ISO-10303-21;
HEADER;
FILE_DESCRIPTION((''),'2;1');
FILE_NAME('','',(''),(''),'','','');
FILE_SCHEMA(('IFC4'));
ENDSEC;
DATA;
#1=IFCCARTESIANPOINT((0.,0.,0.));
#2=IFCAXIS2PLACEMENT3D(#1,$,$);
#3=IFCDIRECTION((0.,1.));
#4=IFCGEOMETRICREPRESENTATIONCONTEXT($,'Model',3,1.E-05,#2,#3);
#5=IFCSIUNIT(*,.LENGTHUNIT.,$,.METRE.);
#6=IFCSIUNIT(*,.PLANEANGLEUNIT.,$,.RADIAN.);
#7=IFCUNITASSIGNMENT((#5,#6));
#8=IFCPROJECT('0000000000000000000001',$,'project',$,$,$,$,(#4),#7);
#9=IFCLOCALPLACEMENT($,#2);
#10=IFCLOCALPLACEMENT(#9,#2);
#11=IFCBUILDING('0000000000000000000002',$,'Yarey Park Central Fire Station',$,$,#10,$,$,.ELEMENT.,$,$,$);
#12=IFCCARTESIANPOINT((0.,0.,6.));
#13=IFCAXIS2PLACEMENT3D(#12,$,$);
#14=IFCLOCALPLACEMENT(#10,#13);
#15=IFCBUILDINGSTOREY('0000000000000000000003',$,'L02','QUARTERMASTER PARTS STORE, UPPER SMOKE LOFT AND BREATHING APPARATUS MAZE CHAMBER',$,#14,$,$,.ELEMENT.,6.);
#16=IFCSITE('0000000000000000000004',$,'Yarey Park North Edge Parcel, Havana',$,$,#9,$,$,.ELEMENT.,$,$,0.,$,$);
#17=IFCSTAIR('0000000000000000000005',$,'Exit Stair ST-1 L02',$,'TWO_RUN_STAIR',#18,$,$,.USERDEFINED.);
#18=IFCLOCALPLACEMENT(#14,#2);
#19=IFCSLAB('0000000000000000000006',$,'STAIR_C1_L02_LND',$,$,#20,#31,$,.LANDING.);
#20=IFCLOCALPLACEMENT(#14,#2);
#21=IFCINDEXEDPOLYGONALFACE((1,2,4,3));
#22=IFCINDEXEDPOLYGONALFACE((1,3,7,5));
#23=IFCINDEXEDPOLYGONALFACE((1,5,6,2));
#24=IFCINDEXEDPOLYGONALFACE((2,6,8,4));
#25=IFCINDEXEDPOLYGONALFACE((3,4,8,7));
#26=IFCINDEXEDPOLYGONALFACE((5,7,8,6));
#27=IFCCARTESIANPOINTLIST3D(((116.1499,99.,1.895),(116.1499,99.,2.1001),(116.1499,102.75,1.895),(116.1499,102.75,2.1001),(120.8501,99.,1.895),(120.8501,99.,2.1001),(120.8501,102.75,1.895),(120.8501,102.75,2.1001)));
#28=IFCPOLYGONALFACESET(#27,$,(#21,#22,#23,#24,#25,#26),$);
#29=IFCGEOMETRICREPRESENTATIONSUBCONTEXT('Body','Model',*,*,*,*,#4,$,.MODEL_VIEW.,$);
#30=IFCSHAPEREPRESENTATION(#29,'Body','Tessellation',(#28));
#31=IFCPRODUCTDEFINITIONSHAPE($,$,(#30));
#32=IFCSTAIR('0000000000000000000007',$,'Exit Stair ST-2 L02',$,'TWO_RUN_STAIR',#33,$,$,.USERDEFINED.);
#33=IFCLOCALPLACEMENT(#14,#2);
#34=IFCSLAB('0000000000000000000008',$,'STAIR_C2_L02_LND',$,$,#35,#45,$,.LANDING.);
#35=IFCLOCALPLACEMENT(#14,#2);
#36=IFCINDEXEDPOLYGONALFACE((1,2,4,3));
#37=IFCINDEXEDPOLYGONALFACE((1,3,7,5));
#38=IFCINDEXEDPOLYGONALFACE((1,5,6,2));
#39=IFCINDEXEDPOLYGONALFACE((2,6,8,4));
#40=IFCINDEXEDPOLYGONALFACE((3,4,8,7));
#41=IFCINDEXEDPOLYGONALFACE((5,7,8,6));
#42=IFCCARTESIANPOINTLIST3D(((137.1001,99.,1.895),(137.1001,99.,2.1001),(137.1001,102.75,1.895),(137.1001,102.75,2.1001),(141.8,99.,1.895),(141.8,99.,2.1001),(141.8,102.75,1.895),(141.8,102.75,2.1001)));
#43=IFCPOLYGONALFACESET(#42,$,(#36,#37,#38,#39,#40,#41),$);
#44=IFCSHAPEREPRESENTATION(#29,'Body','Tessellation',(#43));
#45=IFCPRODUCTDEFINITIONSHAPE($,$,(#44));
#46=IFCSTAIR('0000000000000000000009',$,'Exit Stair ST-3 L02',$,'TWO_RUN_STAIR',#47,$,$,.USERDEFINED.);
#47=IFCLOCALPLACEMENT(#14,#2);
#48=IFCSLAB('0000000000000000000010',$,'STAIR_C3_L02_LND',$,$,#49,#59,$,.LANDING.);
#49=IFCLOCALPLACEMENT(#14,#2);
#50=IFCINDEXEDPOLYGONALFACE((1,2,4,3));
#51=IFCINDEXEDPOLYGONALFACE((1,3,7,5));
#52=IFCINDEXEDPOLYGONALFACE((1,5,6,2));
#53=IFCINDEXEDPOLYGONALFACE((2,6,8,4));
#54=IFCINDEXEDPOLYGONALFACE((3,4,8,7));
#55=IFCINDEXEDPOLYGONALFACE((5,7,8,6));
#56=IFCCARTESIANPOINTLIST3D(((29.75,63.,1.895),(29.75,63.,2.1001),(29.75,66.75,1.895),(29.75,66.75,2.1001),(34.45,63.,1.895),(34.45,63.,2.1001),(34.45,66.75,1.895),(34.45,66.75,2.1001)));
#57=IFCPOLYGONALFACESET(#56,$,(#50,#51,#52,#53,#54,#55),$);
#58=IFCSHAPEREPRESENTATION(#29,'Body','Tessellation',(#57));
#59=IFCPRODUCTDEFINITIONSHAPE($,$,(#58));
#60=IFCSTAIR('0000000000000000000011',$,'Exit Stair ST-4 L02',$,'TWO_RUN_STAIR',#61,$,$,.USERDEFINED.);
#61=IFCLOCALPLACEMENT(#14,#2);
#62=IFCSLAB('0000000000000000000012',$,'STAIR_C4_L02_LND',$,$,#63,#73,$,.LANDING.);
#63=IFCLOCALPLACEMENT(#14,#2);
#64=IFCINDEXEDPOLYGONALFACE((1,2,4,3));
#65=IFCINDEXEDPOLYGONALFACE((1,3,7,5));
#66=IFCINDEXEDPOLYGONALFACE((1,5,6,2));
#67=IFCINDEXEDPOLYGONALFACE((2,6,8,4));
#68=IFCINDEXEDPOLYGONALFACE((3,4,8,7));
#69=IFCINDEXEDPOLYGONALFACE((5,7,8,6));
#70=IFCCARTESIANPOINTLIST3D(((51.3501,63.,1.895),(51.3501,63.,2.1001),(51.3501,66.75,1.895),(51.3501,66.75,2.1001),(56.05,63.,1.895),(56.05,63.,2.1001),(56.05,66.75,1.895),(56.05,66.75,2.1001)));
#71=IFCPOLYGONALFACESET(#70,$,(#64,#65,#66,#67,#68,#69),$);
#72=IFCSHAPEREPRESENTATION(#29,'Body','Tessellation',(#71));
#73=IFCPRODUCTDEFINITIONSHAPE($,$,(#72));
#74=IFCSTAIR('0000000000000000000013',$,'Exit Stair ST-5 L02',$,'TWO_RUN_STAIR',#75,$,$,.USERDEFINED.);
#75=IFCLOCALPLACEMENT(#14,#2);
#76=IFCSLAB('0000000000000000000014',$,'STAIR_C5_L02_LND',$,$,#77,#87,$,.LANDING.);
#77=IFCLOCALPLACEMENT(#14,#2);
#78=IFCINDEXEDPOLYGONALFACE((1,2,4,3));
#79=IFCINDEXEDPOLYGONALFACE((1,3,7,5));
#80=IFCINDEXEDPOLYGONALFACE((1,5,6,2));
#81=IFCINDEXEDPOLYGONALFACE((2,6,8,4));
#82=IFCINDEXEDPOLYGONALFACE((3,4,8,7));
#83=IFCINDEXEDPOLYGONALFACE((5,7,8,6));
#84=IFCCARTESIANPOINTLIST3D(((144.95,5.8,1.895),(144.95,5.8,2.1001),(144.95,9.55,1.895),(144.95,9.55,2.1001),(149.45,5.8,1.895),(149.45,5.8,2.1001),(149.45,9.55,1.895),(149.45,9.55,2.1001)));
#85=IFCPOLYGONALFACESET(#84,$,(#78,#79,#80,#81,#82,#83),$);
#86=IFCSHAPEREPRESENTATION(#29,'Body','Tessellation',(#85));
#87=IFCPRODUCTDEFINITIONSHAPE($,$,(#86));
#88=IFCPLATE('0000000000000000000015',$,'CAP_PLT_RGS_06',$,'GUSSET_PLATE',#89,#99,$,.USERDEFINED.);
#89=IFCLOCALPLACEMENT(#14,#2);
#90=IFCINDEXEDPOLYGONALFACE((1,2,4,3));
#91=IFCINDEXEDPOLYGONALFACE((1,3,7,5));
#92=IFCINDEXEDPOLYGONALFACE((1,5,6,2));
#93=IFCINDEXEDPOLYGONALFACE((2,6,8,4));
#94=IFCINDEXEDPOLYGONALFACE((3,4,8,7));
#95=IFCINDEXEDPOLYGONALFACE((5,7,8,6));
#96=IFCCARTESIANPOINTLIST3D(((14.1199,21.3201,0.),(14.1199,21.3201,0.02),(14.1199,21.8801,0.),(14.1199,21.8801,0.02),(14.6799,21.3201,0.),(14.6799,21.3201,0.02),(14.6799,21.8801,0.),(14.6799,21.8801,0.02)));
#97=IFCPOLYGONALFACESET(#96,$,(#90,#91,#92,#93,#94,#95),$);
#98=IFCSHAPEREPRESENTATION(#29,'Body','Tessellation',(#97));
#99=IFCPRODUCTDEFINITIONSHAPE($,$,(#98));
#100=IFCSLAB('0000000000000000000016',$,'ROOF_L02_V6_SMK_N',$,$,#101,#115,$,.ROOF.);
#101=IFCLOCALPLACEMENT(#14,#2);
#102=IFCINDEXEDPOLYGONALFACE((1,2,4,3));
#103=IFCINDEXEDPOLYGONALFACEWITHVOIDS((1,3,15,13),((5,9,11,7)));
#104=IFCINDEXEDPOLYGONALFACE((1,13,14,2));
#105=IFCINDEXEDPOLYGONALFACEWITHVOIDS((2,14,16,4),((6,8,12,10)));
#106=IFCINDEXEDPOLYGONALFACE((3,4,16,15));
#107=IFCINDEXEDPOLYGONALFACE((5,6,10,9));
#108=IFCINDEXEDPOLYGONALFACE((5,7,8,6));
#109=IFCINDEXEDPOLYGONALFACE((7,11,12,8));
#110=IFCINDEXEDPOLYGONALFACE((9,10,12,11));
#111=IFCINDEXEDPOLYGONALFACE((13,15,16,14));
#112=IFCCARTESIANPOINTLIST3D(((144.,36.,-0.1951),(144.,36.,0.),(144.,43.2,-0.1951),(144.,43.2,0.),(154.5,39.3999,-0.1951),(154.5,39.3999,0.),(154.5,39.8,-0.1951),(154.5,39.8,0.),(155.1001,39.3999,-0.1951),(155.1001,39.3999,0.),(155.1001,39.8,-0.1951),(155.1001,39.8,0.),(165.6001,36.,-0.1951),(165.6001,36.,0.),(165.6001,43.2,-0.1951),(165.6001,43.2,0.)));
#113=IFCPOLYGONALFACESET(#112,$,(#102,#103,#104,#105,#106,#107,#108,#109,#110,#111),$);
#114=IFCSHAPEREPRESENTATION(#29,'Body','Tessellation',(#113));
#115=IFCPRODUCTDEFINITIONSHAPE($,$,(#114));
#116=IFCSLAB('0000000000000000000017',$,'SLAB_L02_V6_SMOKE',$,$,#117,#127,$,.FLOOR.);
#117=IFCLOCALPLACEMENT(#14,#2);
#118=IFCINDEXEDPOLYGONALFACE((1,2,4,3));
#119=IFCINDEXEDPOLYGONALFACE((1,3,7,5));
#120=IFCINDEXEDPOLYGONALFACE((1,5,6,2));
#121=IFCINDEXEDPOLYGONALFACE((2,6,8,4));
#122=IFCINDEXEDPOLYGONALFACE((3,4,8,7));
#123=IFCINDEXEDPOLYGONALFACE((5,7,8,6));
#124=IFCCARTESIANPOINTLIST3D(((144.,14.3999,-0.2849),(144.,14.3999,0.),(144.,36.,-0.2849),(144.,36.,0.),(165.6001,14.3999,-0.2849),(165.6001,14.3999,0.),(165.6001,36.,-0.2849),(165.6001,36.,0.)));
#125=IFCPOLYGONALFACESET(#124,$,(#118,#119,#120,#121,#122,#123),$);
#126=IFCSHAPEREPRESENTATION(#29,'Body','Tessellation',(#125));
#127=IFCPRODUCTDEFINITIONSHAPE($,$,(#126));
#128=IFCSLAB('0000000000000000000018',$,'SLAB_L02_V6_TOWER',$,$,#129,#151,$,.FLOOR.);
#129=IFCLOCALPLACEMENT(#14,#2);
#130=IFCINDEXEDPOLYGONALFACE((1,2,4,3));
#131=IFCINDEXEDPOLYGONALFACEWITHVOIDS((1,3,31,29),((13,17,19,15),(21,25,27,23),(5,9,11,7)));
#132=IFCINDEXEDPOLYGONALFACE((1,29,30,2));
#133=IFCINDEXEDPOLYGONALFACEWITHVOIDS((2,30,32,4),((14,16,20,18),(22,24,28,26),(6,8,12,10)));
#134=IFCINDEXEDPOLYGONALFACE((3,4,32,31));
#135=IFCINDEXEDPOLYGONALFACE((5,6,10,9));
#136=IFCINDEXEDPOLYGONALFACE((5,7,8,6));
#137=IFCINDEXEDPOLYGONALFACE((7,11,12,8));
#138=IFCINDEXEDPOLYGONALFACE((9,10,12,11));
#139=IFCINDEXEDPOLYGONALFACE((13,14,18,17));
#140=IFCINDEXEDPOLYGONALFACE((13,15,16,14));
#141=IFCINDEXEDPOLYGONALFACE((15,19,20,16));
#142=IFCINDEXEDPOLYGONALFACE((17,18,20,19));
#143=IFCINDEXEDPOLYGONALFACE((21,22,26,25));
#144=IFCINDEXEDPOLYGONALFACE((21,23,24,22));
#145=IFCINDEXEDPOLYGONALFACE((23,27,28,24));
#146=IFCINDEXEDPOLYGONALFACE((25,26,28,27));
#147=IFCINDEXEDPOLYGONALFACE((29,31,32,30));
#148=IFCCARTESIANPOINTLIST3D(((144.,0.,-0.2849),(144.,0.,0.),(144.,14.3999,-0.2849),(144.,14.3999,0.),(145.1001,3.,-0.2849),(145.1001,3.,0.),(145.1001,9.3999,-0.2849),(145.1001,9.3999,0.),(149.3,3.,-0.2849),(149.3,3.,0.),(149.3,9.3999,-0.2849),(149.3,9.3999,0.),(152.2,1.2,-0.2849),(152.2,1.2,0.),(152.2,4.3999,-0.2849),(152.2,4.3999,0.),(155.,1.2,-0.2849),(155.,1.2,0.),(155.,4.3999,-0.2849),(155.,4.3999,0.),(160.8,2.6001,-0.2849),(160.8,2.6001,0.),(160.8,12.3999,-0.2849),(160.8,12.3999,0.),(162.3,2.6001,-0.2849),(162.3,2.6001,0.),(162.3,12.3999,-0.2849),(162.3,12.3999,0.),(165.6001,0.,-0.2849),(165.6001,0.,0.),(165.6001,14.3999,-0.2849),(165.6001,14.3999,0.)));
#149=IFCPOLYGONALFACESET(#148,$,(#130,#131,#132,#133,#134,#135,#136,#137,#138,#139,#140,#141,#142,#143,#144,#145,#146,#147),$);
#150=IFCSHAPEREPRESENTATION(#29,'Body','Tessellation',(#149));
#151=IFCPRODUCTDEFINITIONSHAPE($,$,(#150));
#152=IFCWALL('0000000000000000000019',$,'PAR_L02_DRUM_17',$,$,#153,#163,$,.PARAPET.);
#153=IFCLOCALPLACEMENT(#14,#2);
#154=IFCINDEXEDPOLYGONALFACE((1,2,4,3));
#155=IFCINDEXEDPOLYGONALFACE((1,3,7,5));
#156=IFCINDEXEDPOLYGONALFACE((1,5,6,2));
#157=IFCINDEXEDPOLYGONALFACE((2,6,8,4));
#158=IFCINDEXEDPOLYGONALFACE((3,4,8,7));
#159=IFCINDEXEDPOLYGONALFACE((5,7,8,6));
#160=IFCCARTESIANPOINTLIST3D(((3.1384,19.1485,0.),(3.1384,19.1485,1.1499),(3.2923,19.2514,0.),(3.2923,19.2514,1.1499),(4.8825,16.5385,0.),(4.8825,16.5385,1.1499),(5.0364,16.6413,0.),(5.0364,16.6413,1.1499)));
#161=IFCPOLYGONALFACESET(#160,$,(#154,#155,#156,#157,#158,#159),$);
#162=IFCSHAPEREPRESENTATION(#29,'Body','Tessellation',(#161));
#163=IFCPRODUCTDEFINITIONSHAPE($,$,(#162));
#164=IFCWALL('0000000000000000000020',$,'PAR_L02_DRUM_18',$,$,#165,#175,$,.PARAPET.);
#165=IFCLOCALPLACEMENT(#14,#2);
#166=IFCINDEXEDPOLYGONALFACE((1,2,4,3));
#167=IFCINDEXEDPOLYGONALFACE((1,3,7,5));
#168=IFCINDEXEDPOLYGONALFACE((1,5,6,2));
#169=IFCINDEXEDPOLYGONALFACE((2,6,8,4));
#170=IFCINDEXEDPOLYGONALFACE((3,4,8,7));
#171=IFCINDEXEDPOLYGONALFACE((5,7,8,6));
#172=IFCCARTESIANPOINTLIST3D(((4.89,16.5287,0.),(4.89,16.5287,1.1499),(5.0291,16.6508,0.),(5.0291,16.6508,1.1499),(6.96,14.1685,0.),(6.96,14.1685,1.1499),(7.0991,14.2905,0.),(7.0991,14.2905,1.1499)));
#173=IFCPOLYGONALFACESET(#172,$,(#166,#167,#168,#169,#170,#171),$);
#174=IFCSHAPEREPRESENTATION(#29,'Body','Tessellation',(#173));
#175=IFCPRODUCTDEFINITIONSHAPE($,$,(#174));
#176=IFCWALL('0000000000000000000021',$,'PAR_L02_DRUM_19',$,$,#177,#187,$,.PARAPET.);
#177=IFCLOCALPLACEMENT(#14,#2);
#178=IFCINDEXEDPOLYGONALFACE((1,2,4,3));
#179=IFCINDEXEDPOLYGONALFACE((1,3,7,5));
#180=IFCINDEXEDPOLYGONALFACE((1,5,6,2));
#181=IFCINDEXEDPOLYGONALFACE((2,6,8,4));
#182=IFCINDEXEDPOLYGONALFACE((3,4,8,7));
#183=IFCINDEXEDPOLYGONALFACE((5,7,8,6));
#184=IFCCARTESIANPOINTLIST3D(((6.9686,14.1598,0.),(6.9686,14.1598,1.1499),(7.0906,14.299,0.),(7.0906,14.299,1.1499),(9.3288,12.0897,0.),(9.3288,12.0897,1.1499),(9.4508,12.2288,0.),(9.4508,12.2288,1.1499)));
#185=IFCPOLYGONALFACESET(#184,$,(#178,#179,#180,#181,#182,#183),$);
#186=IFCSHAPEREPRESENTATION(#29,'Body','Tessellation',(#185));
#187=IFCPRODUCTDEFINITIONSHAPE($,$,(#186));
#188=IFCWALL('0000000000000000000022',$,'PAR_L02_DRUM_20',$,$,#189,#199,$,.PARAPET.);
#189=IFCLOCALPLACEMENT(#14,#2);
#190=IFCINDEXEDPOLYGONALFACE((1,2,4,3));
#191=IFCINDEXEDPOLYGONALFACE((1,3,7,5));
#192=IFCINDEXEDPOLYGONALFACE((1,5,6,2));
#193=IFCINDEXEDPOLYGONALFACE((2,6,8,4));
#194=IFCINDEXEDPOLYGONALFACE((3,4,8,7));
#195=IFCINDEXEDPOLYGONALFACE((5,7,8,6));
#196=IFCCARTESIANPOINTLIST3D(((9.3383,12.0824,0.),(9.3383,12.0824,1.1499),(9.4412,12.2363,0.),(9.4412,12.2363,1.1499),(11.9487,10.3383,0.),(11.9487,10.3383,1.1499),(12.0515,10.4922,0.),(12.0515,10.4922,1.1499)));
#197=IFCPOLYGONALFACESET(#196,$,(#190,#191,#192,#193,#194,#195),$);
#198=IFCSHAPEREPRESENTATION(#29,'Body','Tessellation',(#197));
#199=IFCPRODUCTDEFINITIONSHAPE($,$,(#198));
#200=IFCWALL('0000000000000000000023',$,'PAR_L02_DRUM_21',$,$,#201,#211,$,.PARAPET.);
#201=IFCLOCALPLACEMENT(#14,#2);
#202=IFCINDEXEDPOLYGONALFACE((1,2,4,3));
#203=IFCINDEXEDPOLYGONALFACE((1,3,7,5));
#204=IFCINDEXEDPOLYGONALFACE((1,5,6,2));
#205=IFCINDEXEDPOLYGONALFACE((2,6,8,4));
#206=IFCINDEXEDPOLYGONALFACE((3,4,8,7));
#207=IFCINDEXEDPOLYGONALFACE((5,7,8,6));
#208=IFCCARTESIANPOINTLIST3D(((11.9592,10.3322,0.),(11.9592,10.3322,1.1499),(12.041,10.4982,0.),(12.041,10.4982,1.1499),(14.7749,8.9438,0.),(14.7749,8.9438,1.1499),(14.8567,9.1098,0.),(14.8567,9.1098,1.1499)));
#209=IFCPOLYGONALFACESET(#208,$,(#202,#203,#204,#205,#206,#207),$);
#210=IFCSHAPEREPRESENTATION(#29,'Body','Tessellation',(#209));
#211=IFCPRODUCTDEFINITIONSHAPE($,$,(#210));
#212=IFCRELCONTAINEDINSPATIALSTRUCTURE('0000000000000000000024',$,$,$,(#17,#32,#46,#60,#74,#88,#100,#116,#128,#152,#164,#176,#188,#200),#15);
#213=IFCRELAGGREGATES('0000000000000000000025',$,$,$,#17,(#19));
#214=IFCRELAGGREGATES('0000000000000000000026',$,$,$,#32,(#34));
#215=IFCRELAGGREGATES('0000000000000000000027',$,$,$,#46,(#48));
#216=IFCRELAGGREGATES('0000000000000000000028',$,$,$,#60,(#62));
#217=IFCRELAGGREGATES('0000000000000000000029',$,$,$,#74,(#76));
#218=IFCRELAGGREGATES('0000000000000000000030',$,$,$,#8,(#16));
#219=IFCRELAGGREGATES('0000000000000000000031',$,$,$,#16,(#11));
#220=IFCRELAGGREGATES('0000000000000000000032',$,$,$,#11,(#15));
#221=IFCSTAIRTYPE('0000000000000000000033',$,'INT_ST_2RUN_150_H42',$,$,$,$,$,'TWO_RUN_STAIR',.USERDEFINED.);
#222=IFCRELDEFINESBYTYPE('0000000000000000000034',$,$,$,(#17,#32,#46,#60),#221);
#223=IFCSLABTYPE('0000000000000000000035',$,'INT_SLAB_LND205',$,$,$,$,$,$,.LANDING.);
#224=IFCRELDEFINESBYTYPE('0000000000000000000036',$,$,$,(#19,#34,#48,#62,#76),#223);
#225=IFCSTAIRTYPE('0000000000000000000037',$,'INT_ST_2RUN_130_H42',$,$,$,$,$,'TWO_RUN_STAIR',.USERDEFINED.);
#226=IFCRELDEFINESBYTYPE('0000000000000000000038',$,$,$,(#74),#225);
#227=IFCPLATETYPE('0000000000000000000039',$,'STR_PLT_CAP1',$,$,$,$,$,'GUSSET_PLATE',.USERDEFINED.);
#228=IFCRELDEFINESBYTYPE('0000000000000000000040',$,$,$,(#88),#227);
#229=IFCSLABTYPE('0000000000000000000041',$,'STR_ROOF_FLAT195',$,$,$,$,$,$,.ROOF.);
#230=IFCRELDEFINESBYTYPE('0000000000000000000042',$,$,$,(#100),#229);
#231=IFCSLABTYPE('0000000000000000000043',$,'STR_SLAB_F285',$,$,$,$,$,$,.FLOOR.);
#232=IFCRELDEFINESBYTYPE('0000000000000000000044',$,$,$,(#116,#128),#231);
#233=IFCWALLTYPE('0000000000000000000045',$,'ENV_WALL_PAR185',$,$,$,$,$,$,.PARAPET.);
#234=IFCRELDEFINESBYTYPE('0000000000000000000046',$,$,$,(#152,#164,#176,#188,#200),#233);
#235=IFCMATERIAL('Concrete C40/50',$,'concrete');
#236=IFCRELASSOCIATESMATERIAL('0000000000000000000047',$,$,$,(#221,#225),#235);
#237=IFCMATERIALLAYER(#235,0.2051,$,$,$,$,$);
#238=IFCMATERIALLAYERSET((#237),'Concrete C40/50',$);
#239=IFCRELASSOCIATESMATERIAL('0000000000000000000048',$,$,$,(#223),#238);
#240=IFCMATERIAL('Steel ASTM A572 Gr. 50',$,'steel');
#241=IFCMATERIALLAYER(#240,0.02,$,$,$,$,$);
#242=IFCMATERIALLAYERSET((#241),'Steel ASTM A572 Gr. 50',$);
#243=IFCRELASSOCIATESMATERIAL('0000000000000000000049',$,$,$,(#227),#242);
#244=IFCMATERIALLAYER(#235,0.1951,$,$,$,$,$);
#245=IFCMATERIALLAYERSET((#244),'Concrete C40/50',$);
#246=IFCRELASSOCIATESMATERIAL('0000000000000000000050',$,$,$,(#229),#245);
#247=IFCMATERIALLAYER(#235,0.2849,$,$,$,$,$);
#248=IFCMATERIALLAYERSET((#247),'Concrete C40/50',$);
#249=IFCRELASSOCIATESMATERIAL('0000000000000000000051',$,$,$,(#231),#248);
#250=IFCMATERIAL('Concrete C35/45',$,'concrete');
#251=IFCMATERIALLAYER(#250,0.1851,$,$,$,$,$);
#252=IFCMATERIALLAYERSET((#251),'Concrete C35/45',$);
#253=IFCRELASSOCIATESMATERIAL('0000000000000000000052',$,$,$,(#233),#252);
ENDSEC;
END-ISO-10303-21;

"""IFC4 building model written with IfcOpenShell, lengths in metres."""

from ifc_helpers import new_model, si_unit, direction, frame, frame_2d, origin, origin_2d, place, context, subcontext, project, spatial, polyline, rectangle, outline, extrude, material, layer, layer_set, type_object, element, aggregate, save


model = new_model("IFC4")

# Units and contexts
model_context = context("Model", 3, precision=1e-05, world=origin(), true_north=direction((0.0, 1.0)))
body_context = subcontext(model_context, "Body", "Model", "MODEL_VIEW")
ifc_project = project(units=[si_unit("LENGTHUNIT", "METRE"), si_unit("PLANEANGLEUNIT", "RADIAN")], contexts=[model_context])

# Site, building, storey
site_placement = place(None, origin())
site = spatial("IfcSite", under=ifc_project, at=site_placement, Name="Yarey Park North Edge Parcel, Havana", CompositionType="ELEMENT", RefElevation=0.0)
building_placement = place(site_placement, origin())
building = spatial("IfcBuilding", under=site, at=building_placement, Name="Yarey Park Central Fire Station", CompositionType="ELEMENT")
storey_placement = place(building_placement, frame((0.0, 0.0, 6.0)))
storey = spatial("IfcBuildingStorey", under=building, at=storey_placement, Name="L02", Description="QUARTERMASTER PARTS STORE, UPPER SMOKE LOFT AND BREATHING APPARATUS MAZE CHAMBER", CompositionType="ELEMENT", Elevation=6.0)

# Shared definitions
ifc_material_1 = material(Name="Concrete C40/50", Category="concrete")

# Stairs, slabs
stair_type_1 = type_object("IfcStairType", Name="INT_ST_2RUN_150_H42", ElementType="TWO_RUN_STAIR", PredefinedType="USERDEFINED", material=ifc_material_1)
stair_1_placement = place(storey_placement, origin())
stair_1 = element("IfcStair", 1, at=stair_1_placement, inside=storey, type_object=stair_type_1, Name="Exit Stair ST-1 L02", ObjectType="TWO_RUN_STAIR", PredefinedType="USERDEFINED")
ifc_layer_1 = layer(ifc_material_1, 0.2051)
ifc_layer_set_1 = layer_set([ifc_layer_1], Name="Concrete C40/50")
slab_type_1 = type_object("IfcSlabType", Name="INT_SLAB_LND205", PredefinedType="LANDING", material=ifc_layer_set_1)
slab_1_placement = place(storey_placement, frame((0.0, 0.0, 1.895)))
slab_1 = element("IfcSlab", 2, at=slab_1_placement, type_object=slab_type_1, Name="STAIR_C1_L02_LND", PredefinedType="LANDING", context=body_context, shape_type="SweptSolid", body=[
    extrude(outline(polyline([(116.1499, 99.0), (120.8501, 99.0), (120.8501, 102.75), (116.1499, 102.75), (116.1499, 99.0)])), origin(), (0.0, 0.0, 1.0), 0.2051),
])
aggregate(stair_1, [slab_1])
stair_2_placement = place(storey_placement, origin())
stair_2 = element("IfcStair", 3, at=stair_2_placement, inside=storey, type_object=stair_type_1, Name="Exit Stair ST-2 L02", ObjectType="TWO_RUN_STAIR", PredefinedType="USERDEFINED")
slab_2_placement = place(storey_placement, frame((0.0, 0.0, 1.895)))
slab_2 = element("IfcSlab", 4, at=slab_2_placement, type_object=slab_type_1, Name="STAIR_C2_L02_LND", PredefinedType="LANDING", context=body_context, shape_type="SweptSolid", body=[
    extrude(outline(polyline([(137.1001, 99.0), (141.8, 99.0), (141.8, 102.75), (137.1001, 102.75), (137.1001, 99.0)])), origin(), (0.0, 0.0, 1.0), 0.2051),
])
aggregate(stair_2, [slab_2])
stair_3_placement = place(storey_placement, origin())
stair_3 = element("IfcStair", 5, at=stair_3_placement, inside=storey, type_object=stair_type_1, Name="Exit Stair ST-3 L02", ObjectType="TWO_RUN_STAIR", PredefinedType="USERDEFINED")
slab_3_placement = place(storey_placement, frame((0.0, 0.0, 1.895)))
slab_3 = element("IfcSlab", 6, at=slab_3_placement, type_object=slab_type_1, Name="STAIR_C3_L02_LND", PredefinedType="LANDING", context=body_context, shape_type="SweptSolid", body=[
    extrude(outline(polyline([(29.75, 63.0), (34.45, 63.0), (34.45, 66.75), (29.75, 66.75), (29.75, 63.0)])), origin(), (0.0, 0.0, 1.0), 0.2051),
])
aggregate(stair_3, [slab_3])
stair_4_placement = place(storey_placement, origin())
stair_4 = element("IfcStair", 7, at=stair_4_placement, inside=storey, type_object=stair_type_1, Name="Exit Stair ST-4 L02", ObjectType="TWO_RUN_STAIR", PredefinedType="USERDEFINED")
slab_4_placement = place(storey_placement, frame((0.0, 0.0, 1.895)))
slab_4 = element("IfcSlab", 8, at=slab_4_placement, type_object=slab_type_1, Name="STAIR_C4_L02_LND", PredefinedType="LANDING", context=body_context, shape_type="SweptSolid", body=[
    extrude(outline(polyline([(51.3501, 63.0), (56.05, 63.0), (56.05, 66.75), (51.3501, 66.75), (51.3501, 63.0)])), origin(), (0.0, 0.0, 1.0), 0.2051),
])
aggregate(stair_4, [slab_4])
stair_type_2 = type_object("IfcStairType", Name="INT_ST_2RUN_130_H42", ElementType="TWO_RUN_STAIR", PredefinedType="USERDEFINED", material=ifc_material_1)
stair_5_placement = place(storey_placement, origin())
stair_5 = element("IfcStair", 9, at=stair_5_placement, inside=storey, type_object=stair_type_2, Name="Exit Stair ST-5 L02", ObjectType="TWO_RUN_STAIR", PredefinedType="USERDEFINED")
slab_5_placement = place(storey_placement, frame((0.0, 0.0, 1.895)))
slab_5 = element("IfcSlab", 10, at=slab_5_placement, type_object=slab_type_1, Name="STAIR_C5_L02_LND", PredefinedType="LANDING", context=body_context, shape_type="SweptSolid", body=[
    extrude(outline(polyline([(144.95, 5.8), (149.45, 5.8), (149.45, 9.55), (144.95, 9.55), (144.95, 5.8)])), origin(), (0.0, 0.0, 1.0), 0.2051),
])
aggregate(stair_5, [slab_5])

# Plate
ifc_material_2 = material(Name="Steel ASTM A572 Gr. 50", Category="steel")
ifc_layer_2 = layer(ifc_material_2, 0.02)
ifc_layer_set_2 = layer_set([ifc_layer_2], Name="Steel ASTM A572 Gr. 50")
plate_type = type_object("IfcPlateType", Name="STR_PLT_CAP1", ElementType="GUSSET_PLATE", PredefinedType="USERDEFINED", material=ifc_layer_set_2)
plate_placement = place(storey_placement, frame((14.3999, 21.6001, 0.0), z_axis=(0.0, 0.0, 1.0), x_axis=(1.0, 0.0, 0.0)))
element("IfcPlate", 11, at=plate_placement, inside=storey, type_object=plate_type, Name="CAP_PLT_RGS_06", ObjectType="GUSSET_PLATE", PredefinedType="USERDEFINED", context=body_context, shape_type="SweptSolid", body=[
    extrude(rectangle(XDim=0.5601, YDim=0.5601, at=origin_2d()), origin(), (0.0, 0.0, 1.0), 0.02),
])

# Slabs
ifc_layer_3 = layer(ifc_material_1, 0.1951)
ifc_layer_set_3 = layer_set([ifc_layer_3], Name="Concrete C40/50")
slab_type_2 = type_object("IfcSlabType", Name="STR_ROOF_FLAT195", PredefinedType="ROOF", material=ifc_layer_set_3)
slab_6_placement = place(storey_placement, frame((0.0, 0.0, -0.1951)))
element("IfcSlab", 12, at=slab_6_placement, inside=storey, type_object=slab_type_2, Name="ROOF_L02_V6_SMK_N", PredefinedType="ROOF", context=body_context, shape_type="SweptSolid", body=[
    extrude(outline(polyline([(144.0, 36.0), (165.6001, 36.0), (165.6001, 43.2), (144.0, 43.2), (144.0, 36.0)]), holes=[polyline([(154.5, 39.3999), (155.1001, 39.3999), (155.1001, 39.8), (154.5, 39.8), (154.5, 39.3999)])]), origin(), (0.0, 0.0, 1.0), 0.1951),
])
ifc_layer_4 = layer(ifc_material_1, 0.2849)
ifc_layer_set_4 = layer_set([ifc_layer_4], Name="Concrete C40/50")
slab_type_3 = type_object("IfcSlabType", Name="STR_SLAB_F285", PredefinedType="FLOOR", material=ifc_layer_set_4)
slab_7_placement = place(storey_placement, frame((0.0, 0.0, -0.2849)))
element("IfcSlab", 13, at=slab_7_placement, inside=storey, type_object=slab_type_3, Name="SLAB_L02_V6_SMOKE", PredefinedType="FLOOR", context=body_context, shape_type="SweptSolid", body=[
    extrude(outline(polyline([(144.0, 14.3999), (165.6001, 14.3999), (165.6001, 36.0), (144.0, 36.0), (144.0, 14.3999)])), origin(), (0.0, 0.0, 1.0), 0.2849),
])
slab_8_placement = place(storey_placement, frame((0.0, 0.0, -0.2849)))
element("IfcSlab", 14, at=slab_8_placement, inside=storey, type_object=slab_type_3, Name="SLAB_L02_V6_TOWER", PredefinedType="FLOOR", context=body_context, shape_type="SweptSolid", body=[
    extrude(outline(polyline([(144.0, 0.0), (165.6001, 0.0), (165.6001, 14.3999), (144.0, 14.3999), (144.0, 0.0)]), holes=[polyline([(145.1001, 3.0), (149.3, 3.0), (149.3, 9.3999), (145.1001, 9.3999), (145.1001, 3.0)]), polyline([(152.2, 1.2), (155.0, 1.2), (155.0, 4.3999), (152.2, 4.3999), (152.2, 1.2)]), polyline([(160.8, 2.6001), (162.3, 2.6001), (162.3, 12.3999), (160.8, 12.3999), (160.8, 2.6001)])]), origin(), (0.0, 0.0, 1.0), 0.2849),
])

# Walls
ifc_material_3 = material(Name="Concrete C35/45", Category="concrete")
ifc_layer_5 = layer(ifc_material_3, 0.1851)
ifc_layer_set_5 = layer_set([ifc_layer_5], Name="Concrete C35/45")
wall_type = type_object("IfcWallType", Name="ENV_WALL_PAR185", PredefinedType="PARAPET", material=ifc_layer_set_5)
wall_1_placement = place(storey_placement, frame((3.2153, 19.2, 0.0), z_axis=(0.0, 0.0, 1.0), x_axis=(0.555597, -0.831452, 0.0)))
element("IfcWall", 15, at=wall_1_placement, inside=storey, type_object=wall_type, Name="PAR_L02_DRUM_17", PredefinedType="PARAPET", context=body_context, shape_type="SweptSolid", body=[
    extrude(rectangle(XDim=3.1392, YDim=0.1851, at=frame_2d((1.5696, 0.0))), origin(), (0.0, 0.0, 1.0), 1.1499),
])
for number, where, z_axis, x_axis, name in (
    (16, (4.9595, 16.5898, 0.0), (0.0, 0.0, 1.0), (0.659363, -0.751825, 0.0), "PAR_L02_DRUM_18"),
    (17, (7.0295, 14.2295, 0.0), (0.0, 0.0, 1.0), (0.751791, -0.659402, 0.0), "PAR_L02_DRUM_19"),
    (18, (9.3896, 12.1594, 0.0), (0.0, 0.0, 1.0), (0.831476, -0.555561, 0.0), "PAR_L02_DRUM_20"),
    (19, (12.0, 10.4153, 0.0), (0.0, 0.0, 1.0), (0.896887, -0.442261, 0.0), "PAR_L02_DRUM_21"),
):
    element("IfcWall", number, at=place(storey_placement, frame(where, z_axis=z_axis, x_axis=x_axis)), inside=storey, type_object=wall_type, Name=name, PredefinedType="PARAPET", context=body_context, shape_type="SweptSolid", body=[
        extrude(rectangle(XDim=3.1394, YDim=0.1851, at=frame_2d((1.5698, 0.0))), origin(), (0.0, 0.0, 1.0), 1.1499),
    ])

save(model, "model.ifc")
